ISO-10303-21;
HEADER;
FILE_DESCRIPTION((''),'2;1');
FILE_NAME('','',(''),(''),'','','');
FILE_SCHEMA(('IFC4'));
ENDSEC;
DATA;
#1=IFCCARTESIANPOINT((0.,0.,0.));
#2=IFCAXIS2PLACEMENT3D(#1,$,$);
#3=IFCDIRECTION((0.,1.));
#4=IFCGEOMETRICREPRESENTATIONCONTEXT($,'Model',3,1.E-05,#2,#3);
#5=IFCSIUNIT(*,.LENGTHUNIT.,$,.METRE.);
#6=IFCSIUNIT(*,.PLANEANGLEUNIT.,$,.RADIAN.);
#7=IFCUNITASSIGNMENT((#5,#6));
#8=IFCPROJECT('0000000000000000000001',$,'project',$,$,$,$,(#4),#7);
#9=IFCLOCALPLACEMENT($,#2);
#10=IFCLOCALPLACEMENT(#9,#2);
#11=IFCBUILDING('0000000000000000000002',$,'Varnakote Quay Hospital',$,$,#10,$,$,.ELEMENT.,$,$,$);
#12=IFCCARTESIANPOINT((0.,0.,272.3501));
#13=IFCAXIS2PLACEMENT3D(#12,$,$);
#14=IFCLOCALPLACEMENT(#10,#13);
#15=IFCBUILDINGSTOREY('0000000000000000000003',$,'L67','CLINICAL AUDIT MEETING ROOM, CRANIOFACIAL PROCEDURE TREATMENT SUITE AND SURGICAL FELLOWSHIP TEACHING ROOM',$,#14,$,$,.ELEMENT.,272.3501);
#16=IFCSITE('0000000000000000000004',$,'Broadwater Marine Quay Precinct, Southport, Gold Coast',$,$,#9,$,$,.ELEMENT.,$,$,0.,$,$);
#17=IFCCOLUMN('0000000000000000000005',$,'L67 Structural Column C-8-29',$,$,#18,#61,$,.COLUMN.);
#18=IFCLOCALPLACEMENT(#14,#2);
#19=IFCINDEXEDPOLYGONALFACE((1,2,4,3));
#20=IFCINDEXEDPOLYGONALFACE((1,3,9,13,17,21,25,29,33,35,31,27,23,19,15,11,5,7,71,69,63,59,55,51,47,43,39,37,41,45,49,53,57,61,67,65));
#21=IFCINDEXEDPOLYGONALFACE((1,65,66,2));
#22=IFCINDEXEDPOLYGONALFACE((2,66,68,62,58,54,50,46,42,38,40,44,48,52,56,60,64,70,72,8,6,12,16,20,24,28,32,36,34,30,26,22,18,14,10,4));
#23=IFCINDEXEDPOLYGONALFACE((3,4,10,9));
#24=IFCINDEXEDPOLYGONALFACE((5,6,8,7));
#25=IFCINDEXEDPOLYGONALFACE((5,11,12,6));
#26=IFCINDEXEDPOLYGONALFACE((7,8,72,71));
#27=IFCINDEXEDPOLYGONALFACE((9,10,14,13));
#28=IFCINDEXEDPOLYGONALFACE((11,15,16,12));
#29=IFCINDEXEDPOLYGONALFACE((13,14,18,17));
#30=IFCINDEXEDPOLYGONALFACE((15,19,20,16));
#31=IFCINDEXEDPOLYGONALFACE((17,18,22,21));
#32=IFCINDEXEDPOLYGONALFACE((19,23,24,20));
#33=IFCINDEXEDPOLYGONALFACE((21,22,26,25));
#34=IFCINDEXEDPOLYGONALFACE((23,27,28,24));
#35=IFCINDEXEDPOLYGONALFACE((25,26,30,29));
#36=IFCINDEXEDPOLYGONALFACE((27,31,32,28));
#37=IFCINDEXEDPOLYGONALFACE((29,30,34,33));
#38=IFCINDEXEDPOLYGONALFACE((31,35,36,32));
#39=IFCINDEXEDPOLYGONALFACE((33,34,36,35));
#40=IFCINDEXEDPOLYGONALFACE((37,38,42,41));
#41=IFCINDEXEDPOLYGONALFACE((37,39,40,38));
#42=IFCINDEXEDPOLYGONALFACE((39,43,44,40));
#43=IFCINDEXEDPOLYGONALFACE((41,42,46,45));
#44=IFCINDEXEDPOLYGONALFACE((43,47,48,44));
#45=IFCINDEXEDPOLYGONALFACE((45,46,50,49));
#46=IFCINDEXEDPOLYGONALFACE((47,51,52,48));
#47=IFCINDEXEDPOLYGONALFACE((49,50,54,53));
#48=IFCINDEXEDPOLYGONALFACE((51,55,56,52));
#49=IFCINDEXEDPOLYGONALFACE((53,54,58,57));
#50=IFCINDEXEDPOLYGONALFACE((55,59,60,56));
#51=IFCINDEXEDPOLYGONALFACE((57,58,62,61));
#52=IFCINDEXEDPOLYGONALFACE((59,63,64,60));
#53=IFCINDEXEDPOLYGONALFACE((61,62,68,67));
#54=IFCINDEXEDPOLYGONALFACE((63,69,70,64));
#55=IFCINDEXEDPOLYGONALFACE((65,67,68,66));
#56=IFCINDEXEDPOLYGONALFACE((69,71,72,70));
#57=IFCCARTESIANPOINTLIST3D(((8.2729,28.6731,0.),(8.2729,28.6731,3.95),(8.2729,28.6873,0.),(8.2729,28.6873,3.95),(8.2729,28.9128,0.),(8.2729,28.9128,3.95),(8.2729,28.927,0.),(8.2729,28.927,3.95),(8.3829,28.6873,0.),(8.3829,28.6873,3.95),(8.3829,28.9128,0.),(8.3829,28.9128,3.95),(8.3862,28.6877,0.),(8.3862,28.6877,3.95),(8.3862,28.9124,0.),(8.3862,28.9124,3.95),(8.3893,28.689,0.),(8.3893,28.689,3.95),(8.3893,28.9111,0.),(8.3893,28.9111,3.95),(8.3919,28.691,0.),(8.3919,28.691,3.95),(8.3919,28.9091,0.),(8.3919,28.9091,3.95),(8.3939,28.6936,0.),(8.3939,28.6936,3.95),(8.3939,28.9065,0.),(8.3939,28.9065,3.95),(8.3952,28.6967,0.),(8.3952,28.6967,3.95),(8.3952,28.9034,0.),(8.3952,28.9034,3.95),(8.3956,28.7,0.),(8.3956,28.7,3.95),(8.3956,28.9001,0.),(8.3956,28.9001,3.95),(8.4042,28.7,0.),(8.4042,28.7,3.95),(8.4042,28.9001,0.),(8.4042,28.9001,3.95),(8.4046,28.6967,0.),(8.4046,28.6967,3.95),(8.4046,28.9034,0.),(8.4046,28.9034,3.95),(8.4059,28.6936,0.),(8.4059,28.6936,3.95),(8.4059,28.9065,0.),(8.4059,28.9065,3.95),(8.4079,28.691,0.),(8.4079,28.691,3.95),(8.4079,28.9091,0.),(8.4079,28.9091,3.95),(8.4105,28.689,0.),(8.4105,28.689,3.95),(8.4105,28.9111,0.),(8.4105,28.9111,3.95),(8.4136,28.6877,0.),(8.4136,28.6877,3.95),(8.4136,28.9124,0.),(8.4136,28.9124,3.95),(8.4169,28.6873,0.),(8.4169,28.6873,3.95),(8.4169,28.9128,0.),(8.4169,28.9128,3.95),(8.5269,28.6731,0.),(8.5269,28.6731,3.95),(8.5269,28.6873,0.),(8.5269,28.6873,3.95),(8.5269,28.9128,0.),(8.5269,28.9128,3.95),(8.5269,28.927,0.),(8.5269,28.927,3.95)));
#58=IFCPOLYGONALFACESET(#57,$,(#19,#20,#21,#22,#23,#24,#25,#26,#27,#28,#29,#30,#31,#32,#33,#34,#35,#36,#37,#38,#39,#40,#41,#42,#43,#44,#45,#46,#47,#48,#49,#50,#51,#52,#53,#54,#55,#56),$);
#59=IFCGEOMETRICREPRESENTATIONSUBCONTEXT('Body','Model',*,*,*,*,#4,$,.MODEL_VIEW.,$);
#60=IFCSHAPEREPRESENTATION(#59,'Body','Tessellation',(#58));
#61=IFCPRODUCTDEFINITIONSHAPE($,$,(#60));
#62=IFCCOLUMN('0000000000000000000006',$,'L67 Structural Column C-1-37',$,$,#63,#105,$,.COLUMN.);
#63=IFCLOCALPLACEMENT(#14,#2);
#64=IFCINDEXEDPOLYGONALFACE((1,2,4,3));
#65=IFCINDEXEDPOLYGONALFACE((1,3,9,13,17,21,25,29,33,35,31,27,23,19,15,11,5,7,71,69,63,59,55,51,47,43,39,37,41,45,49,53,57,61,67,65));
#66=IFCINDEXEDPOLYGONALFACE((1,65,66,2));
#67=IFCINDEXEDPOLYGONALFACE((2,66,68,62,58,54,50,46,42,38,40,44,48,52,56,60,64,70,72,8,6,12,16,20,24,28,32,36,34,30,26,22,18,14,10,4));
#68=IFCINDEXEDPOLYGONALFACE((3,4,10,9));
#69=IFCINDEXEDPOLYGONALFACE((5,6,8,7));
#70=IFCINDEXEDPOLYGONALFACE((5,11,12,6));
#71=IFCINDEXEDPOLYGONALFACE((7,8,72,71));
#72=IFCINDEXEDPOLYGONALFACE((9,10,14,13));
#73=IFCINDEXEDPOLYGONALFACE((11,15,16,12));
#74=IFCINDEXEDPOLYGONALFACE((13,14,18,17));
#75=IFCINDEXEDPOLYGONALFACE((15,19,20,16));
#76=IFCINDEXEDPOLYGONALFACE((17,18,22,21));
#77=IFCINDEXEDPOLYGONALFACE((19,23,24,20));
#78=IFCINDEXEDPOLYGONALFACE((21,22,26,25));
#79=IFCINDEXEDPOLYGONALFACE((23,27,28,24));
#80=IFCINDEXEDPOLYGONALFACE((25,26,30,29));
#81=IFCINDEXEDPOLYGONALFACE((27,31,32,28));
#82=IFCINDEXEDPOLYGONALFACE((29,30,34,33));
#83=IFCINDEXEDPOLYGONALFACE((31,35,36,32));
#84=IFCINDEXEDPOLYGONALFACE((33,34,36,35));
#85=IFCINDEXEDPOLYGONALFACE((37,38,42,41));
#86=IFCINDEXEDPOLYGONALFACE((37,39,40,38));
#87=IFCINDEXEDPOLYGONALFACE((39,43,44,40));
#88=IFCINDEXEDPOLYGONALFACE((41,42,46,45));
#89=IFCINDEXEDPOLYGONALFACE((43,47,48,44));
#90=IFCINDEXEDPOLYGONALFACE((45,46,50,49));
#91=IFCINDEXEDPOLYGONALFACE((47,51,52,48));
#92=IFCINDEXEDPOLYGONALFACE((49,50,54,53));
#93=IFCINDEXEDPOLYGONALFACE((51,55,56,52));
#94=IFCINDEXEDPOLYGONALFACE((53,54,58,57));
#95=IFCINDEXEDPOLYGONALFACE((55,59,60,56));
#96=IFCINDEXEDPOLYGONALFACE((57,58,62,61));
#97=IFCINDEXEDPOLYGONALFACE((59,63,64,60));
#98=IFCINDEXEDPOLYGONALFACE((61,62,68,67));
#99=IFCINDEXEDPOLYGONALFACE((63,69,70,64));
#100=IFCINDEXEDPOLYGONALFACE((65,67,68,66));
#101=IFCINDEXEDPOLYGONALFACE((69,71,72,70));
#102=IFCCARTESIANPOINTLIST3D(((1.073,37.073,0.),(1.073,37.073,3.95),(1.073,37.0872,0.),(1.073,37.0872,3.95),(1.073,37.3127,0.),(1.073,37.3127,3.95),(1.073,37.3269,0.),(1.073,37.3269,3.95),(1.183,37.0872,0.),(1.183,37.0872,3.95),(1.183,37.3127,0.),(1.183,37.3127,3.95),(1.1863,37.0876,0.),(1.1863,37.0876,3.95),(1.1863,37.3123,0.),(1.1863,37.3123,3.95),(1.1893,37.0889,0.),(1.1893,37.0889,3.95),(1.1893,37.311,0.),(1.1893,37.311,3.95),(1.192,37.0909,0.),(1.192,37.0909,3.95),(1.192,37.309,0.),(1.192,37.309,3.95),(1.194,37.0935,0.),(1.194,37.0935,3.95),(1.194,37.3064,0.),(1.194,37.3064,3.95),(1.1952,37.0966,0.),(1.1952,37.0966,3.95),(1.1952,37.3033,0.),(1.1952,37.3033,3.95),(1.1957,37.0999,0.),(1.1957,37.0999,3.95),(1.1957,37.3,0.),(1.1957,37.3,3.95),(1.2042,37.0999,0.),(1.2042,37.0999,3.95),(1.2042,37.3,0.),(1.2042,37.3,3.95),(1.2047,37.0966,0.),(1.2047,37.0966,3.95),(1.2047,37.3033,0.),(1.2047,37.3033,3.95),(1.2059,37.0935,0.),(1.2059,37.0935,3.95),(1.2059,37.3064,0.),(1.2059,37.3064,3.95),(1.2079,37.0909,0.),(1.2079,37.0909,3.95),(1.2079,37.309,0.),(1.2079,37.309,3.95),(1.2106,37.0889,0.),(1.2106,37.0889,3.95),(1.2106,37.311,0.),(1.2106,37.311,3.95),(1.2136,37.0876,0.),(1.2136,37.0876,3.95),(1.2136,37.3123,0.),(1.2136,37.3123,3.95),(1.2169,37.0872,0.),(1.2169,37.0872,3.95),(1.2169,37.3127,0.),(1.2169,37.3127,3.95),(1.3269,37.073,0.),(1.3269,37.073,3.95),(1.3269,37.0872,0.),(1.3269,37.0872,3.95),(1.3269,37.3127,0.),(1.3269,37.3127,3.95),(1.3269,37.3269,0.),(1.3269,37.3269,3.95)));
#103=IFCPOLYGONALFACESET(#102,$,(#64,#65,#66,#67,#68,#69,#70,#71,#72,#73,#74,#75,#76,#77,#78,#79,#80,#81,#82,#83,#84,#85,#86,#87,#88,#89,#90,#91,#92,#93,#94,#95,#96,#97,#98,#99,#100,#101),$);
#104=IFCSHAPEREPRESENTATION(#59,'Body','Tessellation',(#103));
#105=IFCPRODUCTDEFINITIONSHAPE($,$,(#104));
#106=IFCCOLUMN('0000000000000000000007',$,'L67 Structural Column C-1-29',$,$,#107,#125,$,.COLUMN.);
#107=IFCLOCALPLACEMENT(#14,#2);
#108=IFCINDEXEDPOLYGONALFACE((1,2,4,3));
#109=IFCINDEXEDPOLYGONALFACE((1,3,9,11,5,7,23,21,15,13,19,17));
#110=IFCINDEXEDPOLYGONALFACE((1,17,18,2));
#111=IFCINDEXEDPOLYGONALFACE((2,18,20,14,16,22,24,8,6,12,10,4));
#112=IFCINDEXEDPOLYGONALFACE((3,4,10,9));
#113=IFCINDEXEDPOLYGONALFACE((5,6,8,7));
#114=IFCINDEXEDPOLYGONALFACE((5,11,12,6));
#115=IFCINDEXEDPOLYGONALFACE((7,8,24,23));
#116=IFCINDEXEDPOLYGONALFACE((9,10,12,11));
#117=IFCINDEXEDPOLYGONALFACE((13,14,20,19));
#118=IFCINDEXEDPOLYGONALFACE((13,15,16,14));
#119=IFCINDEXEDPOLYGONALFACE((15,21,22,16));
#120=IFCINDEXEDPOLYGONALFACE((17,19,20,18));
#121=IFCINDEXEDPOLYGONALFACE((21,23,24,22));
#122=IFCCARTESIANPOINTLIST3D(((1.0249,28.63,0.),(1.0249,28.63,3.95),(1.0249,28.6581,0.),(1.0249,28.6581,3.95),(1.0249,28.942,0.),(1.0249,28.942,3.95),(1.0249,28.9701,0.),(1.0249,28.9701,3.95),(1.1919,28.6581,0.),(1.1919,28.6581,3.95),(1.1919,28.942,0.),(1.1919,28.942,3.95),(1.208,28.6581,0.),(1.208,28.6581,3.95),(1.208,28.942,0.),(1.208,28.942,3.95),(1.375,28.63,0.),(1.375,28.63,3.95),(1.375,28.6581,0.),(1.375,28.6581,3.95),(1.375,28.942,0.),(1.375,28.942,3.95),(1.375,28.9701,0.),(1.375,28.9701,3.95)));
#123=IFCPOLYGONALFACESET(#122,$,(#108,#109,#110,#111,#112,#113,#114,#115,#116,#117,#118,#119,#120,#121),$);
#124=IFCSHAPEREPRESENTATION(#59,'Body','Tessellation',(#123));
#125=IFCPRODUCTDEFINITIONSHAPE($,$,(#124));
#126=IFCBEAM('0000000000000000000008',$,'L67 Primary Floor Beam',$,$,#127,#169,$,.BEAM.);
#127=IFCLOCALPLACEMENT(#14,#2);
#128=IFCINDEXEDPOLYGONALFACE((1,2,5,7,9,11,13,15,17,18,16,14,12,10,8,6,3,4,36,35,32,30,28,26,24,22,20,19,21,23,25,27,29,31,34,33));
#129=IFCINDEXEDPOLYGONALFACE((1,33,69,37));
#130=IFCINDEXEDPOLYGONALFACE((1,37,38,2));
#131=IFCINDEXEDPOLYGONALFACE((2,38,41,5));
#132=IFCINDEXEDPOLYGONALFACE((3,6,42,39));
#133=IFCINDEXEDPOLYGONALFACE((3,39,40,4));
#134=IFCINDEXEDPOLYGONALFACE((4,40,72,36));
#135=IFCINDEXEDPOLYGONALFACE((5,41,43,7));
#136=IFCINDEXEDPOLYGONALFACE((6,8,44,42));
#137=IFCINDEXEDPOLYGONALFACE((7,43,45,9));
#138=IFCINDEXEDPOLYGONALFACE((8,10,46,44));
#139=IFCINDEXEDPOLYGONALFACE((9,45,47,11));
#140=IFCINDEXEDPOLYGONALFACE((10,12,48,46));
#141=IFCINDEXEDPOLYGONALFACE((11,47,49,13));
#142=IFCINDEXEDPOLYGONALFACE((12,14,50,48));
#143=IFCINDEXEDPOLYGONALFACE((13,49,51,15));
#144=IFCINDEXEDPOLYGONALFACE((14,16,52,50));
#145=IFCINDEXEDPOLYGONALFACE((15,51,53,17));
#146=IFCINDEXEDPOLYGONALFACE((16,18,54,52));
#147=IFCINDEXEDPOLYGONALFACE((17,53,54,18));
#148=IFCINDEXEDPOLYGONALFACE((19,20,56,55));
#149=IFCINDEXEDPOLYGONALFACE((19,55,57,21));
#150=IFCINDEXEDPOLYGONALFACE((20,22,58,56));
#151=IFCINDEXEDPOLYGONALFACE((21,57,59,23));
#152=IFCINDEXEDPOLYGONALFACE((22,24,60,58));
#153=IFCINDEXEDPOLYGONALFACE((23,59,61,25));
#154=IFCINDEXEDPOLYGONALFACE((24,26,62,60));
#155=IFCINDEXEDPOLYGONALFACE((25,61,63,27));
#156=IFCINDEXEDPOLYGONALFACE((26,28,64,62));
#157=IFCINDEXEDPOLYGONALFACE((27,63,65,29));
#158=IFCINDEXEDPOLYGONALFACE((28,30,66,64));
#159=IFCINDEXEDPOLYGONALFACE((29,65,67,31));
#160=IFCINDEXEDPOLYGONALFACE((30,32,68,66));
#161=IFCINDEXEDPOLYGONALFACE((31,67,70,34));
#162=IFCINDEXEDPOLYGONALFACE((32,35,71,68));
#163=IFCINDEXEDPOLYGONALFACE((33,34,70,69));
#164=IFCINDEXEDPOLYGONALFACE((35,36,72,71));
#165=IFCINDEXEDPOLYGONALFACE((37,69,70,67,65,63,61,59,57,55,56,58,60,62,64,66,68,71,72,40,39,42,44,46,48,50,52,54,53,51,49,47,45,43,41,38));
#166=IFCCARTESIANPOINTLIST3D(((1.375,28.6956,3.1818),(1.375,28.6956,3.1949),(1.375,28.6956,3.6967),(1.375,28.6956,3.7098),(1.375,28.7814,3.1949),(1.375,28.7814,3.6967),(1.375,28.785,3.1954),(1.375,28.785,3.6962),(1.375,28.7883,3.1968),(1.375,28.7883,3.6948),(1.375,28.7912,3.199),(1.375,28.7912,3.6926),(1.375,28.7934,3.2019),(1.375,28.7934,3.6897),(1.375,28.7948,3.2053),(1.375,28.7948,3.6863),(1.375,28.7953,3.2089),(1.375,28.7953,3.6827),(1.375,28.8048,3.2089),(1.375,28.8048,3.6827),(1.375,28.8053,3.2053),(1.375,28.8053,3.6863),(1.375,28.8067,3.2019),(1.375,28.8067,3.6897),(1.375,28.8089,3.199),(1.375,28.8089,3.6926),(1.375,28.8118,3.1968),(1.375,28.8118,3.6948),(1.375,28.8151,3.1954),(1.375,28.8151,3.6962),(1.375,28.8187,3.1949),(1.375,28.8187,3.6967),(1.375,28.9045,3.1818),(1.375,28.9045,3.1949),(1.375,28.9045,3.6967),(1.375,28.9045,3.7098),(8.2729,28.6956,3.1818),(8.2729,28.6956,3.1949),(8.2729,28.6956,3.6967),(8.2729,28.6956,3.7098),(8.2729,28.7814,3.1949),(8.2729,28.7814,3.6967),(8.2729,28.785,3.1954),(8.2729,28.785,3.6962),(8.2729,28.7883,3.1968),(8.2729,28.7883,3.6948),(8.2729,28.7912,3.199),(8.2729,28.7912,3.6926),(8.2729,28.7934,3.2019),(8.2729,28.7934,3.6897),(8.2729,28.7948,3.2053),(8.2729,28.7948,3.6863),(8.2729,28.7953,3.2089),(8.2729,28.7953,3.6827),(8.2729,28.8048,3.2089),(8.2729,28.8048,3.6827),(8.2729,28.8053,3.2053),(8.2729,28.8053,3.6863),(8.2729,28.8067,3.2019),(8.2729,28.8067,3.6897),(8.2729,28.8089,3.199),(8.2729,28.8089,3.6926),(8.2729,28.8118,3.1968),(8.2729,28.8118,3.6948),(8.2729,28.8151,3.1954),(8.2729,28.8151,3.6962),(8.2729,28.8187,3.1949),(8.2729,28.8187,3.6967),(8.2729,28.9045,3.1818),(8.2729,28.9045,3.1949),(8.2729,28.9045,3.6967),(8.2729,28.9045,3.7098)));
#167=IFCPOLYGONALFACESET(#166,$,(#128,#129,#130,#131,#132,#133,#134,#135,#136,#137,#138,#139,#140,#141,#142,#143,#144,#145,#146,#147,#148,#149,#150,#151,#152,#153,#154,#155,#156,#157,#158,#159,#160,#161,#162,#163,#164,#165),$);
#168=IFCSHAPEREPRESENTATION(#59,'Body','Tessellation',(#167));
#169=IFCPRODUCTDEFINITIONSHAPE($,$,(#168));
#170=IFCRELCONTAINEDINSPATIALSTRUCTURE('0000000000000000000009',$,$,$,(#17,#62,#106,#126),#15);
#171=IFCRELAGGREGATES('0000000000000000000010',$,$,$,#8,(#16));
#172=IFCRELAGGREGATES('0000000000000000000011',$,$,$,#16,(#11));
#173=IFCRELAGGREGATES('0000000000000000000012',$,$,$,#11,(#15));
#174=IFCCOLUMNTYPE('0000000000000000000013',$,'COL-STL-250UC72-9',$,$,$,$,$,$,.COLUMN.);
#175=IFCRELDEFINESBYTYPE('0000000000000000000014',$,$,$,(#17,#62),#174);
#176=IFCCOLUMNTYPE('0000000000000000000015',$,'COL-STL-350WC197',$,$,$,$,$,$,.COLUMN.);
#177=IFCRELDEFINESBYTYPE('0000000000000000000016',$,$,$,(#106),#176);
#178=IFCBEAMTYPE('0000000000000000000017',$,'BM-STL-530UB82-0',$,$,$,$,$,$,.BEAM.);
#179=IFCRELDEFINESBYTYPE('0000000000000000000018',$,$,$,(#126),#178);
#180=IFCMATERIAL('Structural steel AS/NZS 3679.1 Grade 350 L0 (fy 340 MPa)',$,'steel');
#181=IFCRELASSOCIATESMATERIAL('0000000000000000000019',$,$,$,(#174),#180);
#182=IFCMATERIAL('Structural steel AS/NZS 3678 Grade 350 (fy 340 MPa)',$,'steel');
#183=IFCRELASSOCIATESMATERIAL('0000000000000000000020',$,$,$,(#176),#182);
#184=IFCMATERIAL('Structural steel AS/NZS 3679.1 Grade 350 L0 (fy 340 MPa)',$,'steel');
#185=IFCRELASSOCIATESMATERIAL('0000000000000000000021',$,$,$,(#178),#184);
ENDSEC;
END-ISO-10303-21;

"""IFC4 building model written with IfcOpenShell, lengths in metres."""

from ifc_helpers import new_model, si_unit, direction, frame, origin, origin_2d, place, context, subcontext, project, spatial, i_section, extrude, material, material_profile, profile_set, type_object, element, save


model = new_model("IFC4")

# Units and contexts
model_context = context("Model", 3, precision=1e-05, world=origin(), true_north=direction((0.0, 1.0)))
body_context = subcontext(model_context, "Body", "Model", "MODEL_VIEW")
ifc_project = project(units=[si_unit("LENGTHUNIT", "METRE"), si_unit("PLANEANGLEUNIT", "RADIAN")], contexts=[model_context])

# Site, building, storey
site_placement = place(None, origin())
site = spatial("IfcSite", under=ifc_project, at=site_placement, Name="Broadwater Marine Quay Precinct, Southport, Gold Coast", CompositionType="ELEMENT", RefElevation=0.0)
building_placement = place(site_placement, origin())
building = spatial("IfcBuilding", under=site, at=building_placement, Name="Varnakote Quay Hospital", CompositionType="ELEMENT")
storey_placement = place(building_placement, frame((0.0, 0.0, 272.3501)))
storey = spatial("IfcBuildingStorey", under=building, at=storey_placement, Name="L67", Description="CLINICAL AUDIT MEETING ROOM, CRANIOFACIAL PROCEDURE TREATMENT SUITE AND SURGICAL FELLOWSHIP TEACHING ROOM", CompositionType="ELEMENT", Elevation=272.3501)

# Columns
ifc_material_1 = material(Name="Structural steel AS/NZS 3679.1 Grade 350 L0 (fy 340 MPa)", Category="steel")
ifc_material_profile_1 = material_profile(ifc_material_1, i_section(OverallWidth=0.2539, OverallDepth=0.2539, WebThickness=0.0085, FlangeThickness=0.0142, FilletRadius=0.0127, at=origin_2d()), Name="250UC72.9")
ifc_profile_set_1 = profile_set([ifc_material_profile_1], Name="Structural steel AS/NZS 3679.1 Grade 350 L0 (fy 340 MPa)")
column_type_1 = type_object("IfcColumnType", Name="COL-STL-250UC72-9", PredefinedType="COLUMN", material=ifc_profile_set_1)
for number, where, z_axis, x_axis, name in (
    (1, (8.3999, 28.8, 0.0), (0.0, 0.0, 1.0), (1.0, 0.0, 0.0), "L67 Structural Column C-8-29"),
    (2, (1.2, 37.2, 0.0), (0.0, 0.0, 1.0), (1.0, 0.0, 0.0), "L67 Structural Column C-1-37"),
):
    element("IfcColumn", number, at=place(storey_placement, frame(where, z_axis=z_axis, x_axis=x_axis)), inside=storey, type_object=column_type_1, Name=name, PredefinedType="COLUMN", context=body_context, shape_type="SweptSolid", body=[
        extrude(i_section(OverallWidth=0.2539, OverallDepth=0.2539, WebThickness=0.0085, FlangeThickness=0.0142, FilletRadius=0.0127, at=origin_2d()), origin(), (0.0, 0.0, 1.0), 3.95),
    ])
ifc_material_2 = material(Name="Structural steel AS/NZS 3678 Grade 350 (fy 340 MPa)", Category="steel")
ifc_material_profile_2 = material_profile(ifc_material_2, i_section(OverallWidth=0.3501, OverallDepth=0.3401, WebThickness=0.0161, FlangeThickness=0.0281, at=origin_2d()), Name="350WC197")
ifc_profile_set_2 = profile_set([ifc_material_profile_2], Name="Structural steel AS/NZS 3678 Grade 350 (fy 340 MPa)")
column_type_2 = type_object("IfcColumnType", Name="COL-STL-350WC197", PredefinedType="COLUMN", material=ifc_profile_set_2)
column_placement = place(storey_placement, frame((1.2, 28.8, 0.0), z_axis=(0.0, 0.0, 1.0), x_axis=(1.0, 0.0, 0.0)))
element("IfcColumn", 3, at=column_placement, inside=storey, type_object=column_type_2, Name="L67 Structural Column C-1-29", PredefinedType="COLUMN", context=body_context, shape_type="SweptSolid", body=[
    extrude(i_section(OverallWidth=0.3501, OverallDepth=0.3401, WebThickness=0.0161, FlangeThickness=0.0281, at=origin_2d()), origin(), (0.0, 0.0, 1.0), 3.95),
])

# Beam
ifc_material_3 = material(Name="Structural steel AS/NZS 3679.1 Grade 350 L0 (fy 340 MPa)", Category="steel")
ifc_material_profile_3 = material_profile(ifc_material_3, i_section(OverallWidth=0.209, OverallDepth=0.5281, WebThickness=0.0095, FlangeThickness=0.0132, FilletRadius=0.0139, at=origin_2d()), Name="530UB82.0")
ifc_profile_set_3 = profile_set([ifc_material_profile_3], Name="Structural steel AS/NZS 3679.1 Grade 350 L0 (fy 340 MPa)")
beam_type_1 = type_object("IfcBeamType", Name="BM-STL-530UB82-0", PredefinedType="BEAM", material=ifc_profile_set_3)
beam_1_placement = place(storey_placement, frame((1.375, 28.8, 3.4458), z_axis=(1.0, 0.0, 0.0), x_axis=(0.0, 1.0, 0.0)))
element("IfcBeam", 4, at=beam_1_placement, inside=storey, type_object=beam_type_1, Name="L67 Primary Floor Beam", PredefinedType="BEAM", context=body_context, shape_type="SweptSolid", body=[
    extrude(i_section(OverallWidth=0.209, OverallDepth=0.5281, WebThickness=0.0095, FlangeThickness=0.0132, FilletRadius=0.0139, at=origin_2d()), origin(), (0.0, 0.0, 1.0), 6.8979),
])

save(model, "model.ifc")
